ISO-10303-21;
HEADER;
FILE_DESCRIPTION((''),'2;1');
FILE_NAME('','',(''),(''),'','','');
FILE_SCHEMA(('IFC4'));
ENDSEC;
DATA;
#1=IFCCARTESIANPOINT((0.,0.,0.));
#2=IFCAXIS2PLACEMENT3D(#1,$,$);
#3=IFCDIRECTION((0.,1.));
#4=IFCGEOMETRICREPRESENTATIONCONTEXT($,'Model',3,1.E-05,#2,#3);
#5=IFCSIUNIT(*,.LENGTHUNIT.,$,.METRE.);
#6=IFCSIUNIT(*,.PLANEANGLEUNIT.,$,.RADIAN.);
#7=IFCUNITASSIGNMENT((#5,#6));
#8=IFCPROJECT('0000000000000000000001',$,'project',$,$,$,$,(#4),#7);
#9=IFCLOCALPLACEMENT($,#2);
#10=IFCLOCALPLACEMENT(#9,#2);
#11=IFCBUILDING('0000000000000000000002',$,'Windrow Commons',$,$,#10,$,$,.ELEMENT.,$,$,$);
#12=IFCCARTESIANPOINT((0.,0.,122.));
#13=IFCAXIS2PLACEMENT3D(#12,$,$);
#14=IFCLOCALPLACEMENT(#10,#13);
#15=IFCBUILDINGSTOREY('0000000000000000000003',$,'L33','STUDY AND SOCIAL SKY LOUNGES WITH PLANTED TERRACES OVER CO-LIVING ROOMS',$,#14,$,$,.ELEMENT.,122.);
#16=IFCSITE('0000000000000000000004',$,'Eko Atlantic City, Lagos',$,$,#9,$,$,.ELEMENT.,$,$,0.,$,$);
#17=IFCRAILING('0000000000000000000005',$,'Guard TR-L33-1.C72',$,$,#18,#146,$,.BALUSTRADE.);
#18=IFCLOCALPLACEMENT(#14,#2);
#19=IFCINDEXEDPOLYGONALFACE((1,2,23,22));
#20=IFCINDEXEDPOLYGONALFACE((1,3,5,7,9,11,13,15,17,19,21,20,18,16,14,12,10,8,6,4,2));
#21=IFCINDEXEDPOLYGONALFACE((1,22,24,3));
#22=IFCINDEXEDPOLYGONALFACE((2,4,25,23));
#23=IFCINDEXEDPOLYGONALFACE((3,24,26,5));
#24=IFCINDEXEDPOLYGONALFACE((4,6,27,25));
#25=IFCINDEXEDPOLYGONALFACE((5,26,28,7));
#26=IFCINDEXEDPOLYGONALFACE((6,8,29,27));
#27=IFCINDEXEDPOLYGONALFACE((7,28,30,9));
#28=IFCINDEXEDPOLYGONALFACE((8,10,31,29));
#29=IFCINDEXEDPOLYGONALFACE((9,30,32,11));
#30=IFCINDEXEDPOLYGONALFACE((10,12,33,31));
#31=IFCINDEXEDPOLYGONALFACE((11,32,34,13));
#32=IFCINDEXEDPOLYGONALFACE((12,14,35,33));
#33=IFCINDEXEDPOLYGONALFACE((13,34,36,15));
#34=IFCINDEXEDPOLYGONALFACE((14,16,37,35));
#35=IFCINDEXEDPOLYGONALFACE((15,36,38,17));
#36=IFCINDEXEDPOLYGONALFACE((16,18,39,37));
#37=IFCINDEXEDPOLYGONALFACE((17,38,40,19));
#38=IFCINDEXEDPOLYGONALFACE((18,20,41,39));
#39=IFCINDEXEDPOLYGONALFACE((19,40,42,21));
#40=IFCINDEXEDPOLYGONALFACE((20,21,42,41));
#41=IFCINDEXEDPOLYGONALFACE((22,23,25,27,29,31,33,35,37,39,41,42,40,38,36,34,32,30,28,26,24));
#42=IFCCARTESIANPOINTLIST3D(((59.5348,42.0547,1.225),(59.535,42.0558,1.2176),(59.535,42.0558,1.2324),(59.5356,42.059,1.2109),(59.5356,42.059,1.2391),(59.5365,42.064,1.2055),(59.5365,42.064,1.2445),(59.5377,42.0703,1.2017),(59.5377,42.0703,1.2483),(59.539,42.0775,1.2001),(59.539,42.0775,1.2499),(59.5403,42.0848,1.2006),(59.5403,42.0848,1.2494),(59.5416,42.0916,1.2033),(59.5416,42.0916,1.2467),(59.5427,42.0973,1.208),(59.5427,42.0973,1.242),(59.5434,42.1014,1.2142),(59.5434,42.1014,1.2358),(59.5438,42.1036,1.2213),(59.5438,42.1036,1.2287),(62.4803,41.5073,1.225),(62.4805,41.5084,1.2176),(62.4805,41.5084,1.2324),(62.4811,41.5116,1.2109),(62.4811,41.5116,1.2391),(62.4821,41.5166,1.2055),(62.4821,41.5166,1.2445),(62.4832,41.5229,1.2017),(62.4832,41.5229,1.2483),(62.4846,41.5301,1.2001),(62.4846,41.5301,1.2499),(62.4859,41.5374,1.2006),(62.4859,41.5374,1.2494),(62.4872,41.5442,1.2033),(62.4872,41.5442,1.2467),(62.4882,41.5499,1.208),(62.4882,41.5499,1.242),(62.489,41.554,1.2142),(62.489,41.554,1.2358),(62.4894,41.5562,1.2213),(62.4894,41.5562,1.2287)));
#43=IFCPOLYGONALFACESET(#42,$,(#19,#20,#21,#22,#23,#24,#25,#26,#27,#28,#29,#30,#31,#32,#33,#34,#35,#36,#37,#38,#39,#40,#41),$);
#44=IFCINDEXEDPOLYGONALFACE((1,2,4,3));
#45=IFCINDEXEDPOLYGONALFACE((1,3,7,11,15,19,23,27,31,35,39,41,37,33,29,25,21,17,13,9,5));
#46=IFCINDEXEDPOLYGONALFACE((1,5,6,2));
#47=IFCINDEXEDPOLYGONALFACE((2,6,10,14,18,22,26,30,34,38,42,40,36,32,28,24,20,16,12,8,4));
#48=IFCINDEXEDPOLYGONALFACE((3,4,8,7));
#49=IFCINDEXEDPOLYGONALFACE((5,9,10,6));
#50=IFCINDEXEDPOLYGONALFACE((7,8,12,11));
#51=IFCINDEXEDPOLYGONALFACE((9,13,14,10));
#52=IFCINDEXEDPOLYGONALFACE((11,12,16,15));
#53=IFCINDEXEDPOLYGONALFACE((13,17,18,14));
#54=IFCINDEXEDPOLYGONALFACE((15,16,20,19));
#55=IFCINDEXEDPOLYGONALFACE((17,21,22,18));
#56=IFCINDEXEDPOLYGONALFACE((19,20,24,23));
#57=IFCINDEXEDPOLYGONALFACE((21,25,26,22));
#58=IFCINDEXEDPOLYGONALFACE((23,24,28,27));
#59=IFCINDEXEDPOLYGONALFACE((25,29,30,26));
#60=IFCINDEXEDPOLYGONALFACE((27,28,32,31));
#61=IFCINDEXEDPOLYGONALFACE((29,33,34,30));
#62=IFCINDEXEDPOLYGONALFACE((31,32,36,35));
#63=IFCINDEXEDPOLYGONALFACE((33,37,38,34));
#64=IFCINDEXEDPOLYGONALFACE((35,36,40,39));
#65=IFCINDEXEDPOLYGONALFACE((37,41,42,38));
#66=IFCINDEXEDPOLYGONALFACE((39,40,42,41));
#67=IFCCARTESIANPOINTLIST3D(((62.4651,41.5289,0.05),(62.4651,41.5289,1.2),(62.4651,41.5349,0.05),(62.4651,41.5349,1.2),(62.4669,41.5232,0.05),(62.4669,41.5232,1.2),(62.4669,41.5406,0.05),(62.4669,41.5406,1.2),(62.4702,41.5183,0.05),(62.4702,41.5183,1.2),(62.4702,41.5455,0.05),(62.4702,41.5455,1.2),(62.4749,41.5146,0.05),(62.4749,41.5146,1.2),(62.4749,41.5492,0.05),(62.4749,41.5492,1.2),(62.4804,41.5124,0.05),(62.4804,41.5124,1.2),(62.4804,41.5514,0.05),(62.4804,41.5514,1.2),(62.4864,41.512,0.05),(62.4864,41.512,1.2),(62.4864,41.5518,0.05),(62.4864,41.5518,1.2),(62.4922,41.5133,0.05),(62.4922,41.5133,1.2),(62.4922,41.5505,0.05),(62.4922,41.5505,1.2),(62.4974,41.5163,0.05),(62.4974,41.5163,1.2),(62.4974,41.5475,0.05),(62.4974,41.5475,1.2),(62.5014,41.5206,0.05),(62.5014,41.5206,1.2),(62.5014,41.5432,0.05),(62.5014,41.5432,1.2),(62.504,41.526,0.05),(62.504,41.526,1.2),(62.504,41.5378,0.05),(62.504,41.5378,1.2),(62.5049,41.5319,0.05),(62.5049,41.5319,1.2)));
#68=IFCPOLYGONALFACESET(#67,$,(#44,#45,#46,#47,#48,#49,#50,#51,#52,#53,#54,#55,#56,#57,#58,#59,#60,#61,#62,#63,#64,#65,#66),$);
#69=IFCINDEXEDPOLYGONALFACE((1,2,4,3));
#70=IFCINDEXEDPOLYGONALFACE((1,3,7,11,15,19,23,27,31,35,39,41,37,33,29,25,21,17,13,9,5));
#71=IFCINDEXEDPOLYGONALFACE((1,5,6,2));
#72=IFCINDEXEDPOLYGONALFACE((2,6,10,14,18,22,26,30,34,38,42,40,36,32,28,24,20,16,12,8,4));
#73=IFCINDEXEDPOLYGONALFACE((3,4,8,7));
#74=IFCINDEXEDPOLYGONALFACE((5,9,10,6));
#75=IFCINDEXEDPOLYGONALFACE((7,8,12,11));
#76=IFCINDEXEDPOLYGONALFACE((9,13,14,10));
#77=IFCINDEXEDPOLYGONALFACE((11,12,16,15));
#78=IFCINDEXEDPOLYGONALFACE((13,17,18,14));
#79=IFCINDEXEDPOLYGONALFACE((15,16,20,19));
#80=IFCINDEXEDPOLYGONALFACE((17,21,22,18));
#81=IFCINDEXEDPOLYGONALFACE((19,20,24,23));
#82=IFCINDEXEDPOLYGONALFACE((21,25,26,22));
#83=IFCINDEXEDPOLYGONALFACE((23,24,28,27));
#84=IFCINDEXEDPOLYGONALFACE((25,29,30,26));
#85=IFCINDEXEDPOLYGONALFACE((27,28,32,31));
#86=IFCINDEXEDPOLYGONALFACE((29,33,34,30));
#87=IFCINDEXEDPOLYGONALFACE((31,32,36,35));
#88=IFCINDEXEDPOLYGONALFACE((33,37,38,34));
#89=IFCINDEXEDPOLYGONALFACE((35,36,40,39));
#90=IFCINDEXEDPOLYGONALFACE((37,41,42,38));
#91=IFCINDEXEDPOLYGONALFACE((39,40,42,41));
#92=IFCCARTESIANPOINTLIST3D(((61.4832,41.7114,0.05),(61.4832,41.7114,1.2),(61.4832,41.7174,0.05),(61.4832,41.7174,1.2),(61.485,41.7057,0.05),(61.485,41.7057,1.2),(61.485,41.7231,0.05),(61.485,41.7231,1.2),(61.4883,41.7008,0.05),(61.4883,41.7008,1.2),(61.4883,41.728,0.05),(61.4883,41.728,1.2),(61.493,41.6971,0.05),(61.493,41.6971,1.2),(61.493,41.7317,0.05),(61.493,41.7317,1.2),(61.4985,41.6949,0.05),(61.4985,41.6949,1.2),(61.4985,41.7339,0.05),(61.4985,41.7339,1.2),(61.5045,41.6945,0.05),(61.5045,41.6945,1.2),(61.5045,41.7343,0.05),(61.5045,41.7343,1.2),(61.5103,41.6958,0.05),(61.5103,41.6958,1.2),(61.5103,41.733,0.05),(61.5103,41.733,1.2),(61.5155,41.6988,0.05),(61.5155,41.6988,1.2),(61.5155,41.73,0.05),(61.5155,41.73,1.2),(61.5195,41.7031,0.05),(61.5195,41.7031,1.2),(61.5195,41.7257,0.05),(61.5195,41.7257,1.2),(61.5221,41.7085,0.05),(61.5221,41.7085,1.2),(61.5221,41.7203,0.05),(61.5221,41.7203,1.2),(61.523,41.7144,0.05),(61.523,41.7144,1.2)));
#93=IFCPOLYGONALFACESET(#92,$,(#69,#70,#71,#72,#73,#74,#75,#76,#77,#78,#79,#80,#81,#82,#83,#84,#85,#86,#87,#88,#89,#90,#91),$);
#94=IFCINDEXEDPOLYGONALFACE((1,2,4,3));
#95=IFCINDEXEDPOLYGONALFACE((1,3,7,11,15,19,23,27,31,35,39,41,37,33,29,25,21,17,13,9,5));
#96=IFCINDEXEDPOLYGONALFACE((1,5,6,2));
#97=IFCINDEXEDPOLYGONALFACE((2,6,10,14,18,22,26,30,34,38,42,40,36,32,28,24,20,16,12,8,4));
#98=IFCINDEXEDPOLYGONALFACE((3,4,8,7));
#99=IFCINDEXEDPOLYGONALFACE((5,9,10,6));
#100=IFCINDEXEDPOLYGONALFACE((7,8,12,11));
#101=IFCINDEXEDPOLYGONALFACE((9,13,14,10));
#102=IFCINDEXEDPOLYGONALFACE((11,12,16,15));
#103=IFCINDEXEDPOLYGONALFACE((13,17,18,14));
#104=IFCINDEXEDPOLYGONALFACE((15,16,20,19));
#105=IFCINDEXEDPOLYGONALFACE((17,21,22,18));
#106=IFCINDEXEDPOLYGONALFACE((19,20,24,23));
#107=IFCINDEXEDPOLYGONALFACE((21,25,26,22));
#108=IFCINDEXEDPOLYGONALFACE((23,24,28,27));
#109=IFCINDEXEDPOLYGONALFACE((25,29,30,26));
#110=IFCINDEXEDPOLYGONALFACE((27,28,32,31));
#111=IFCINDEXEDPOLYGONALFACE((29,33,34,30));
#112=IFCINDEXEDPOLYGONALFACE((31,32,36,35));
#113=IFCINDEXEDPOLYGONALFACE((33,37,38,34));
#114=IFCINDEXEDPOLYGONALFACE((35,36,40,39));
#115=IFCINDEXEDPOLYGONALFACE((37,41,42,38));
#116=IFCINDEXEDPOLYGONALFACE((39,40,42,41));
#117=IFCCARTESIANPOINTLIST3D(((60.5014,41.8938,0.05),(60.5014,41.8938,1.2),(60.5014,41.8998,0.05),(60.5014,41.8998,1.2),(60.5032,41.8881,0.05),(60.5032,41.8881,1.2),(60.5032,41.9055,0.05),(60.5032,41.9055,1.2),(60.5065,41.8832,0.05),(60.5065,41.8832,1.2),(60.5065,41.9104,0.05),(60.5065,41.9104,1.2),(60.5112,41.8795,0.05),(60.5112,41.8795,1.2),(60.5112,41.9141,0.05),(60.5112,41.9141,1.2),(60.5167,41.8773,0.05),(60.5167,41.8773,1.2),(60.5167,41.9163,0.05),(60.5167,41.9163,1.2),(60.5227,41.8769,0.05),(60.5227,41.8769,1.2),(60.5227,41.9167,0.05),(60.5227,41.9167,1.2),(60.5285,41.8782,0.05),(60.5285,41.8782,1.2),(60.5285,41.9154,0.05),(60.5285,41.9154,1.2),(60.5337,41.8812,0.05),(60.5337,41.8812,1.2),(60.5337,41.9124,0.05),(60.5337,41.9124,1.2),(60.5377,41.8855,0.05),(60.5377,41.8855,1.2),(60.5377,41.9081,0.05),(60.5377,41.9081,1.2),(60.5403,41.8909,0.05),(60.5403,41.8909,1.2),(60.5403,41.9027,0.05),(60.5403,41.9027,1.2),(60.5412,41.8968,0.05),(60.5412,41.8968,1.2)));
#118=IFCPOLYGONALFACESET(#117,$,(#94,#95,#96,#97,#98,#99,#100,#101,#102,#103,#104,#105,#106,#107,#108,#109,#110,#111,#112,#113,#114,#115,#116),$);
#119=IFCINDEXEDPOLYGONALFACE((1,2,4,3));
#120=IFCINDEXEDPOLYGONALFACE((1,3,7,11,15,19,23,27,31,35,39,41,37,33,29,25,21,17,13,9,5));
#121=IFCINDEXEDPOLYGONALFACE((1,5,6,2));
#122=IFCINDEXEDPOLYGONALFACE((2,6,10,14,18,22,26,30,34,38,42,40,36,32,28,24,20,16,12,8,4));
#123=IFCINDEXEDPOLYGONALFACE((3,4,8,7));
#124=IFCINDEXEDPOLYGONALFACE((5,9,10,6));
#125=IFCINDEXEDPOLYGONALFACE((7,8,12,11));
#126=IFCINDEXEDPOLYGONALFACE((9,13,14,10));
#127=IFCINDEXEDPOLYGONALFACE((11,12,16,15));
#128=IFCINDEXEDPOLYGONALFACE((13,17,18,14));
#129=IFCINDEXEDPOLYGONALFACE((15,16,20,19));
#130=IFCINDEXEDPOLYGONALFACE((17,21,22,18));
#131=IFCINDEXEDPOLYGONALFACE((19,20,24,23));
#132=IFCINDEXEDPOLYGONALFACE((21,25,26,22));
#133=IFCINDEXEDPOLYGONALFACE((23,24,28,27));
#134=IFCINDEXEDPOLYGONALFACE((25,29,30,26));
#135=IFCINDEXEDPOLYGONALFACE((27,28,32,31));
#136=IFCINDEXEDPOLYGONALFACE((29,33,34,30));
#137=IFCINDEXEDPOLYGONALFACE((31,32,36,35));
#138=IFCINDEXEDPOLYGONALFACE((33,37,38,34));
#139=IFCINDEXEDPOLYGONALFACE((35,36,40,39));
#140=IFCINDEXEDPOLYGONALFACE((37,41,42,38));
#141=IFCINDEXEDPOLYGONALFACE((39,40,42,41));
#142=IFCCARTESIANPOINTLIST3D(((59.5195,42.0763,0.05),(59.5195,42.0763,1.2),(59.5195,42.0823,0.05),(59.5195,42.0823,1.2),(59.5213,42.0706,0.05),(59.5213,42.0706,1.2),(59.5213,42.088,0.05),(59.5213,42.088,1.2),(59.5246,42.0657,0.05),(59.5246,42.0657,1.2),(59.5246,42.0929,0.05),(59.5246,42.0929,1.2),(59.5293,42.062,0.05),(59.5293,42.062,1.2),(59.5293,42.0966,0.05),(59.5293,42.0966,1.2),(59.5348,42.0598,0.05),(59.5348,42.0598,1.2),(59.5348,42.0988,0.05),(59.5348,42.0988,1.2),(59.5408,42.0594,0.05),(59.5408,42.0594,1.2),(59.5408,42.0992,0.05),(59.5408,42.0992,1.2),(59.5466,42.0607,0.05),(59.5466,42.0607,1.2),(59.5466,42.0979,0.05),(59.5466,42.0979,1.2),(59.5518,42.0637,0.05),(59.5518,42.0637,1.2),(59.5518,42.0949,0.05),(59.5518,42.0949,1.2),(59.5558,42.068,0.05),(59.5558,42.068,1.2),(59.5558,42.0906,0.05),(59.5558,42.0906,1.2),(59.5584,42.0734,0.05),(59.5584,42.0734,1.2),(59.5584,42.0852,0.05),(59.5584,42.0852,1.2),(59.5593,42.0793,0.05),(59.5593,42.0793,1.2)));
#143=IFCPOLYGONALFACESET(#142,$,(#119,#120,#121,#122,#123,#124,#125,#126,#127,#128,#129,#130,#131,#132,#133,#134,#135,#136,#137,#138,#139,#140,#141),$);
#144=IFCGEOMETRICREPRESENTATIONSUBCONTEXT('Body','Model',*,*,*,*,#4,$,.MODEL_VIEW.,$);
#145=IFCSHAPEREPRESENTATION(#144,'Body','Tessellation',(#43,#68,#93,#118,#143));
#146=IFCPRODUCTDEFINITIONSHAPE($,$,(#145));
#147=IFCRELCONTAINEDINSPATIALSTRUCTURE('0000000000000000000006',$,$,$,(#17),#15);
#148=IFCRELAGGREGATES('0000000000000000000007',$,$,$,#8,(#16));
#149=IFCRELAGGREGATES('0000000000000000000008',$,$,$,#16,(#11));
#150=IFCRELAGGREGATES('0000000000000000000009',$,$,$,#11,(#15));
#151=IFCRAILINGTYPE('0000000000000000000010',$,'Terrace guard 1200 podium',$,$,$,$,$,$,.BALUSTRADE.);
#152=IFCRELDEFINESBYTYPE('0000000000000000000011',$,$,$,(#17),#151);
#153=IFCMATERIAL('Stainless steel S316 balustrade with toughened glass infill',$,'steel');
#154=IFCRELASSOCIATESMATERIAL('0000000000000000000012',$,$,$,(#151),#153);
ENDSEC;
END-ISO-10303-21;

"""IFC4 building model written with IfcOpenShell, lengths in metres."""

from ifc_helpers import new_model, si_unit, direction, frame, origin, origin_2d, place, context, subcontext, project, spatial, circle, extrude, material, type_object, element, save


model = new_model("IFC4")

# Units and contexts
model_context = context("Model", 3, precision=1e-05, world=origin(), true_north=direction((0.0, 1.0)))
body_context = subcontext(model_context, "Body", "Model", "MODEL_VIEW")
ifc_project = project(units=[si_unit("LENGTHUNIT", "METRE"), si_unit("PLANEANGLEUNIT", "RADIAN")], contexts=[model_context])

# Site, building, storey
site_placement = place(None, origin())
site = spatial("IfcSite", under=ifc_project, at=site_placement, Name="Eko Atlantic City, Lagos", CompositionType="ELEMENT", RefElevation=0.0)
building_placement = place(site_placement, origin())
building = spatial("IfcBuilding", under=site, at=building_placement, Name="Windrow Commons", CompositionType="ELEMENT")
storey_placement = place(building_placement, frame((0.0, 0.0, 122.0)))
storey = spatial("IfcBuildingStorey", under=building, at=storey_placement, Name="L33", Description="STUDY AND SOCIAL SKY LOUNGES WITH PLANTED TERRACES OVER CO-LIVING ROOMS", CompositionType="ELEMENT", Elevation=122.0)

# Railing
ifc_material_1 = material(Name="Stainless steel S316 balustrade with toughened glass infill", Category="steel")
railing_type = type_object("IfcRailingType", Name="Terrace guard 1200 podium", PredefinedType="BALUSTRADE", material=ifc_material_1)
railing_1_placement = place(storey_placement, frame((62.4849, 41.5319, 0.05)))
element("IfcRailing", 1, at=railing_1_placement, inside=storey, type_object=railing_type, Name="Guard TR-L33-1.C72", PredefinedType="BALUSTRADE", context=body_context, shape_type="SweptSolid", body=[
    extrude(circle(Radius=0.025, at=origin_2d()), frame((0.0, 0.0, 1.175), z_axis=(-0.983167, 0.182708, 0.0), x_axis=(-0.182708, -0.983167, 0.0)), (0.0, 0.0, 1.0), 2.996),
    extrude(circle(Radius=0.02, at=origin_2d()), origin(), (0.0, 0.0, 1.0), 1.15),
    extrude(circle(Radius=0.02, at=origin_2d()), frame((-0.9819, 0.1825, 0.0)), (0.0, 0.0, 1.0), 1.15),
    extrude(circle(Radius=0.02, at=origin_2d()), frame((-1.9637, 0.3649, 0.0)), (0.0, 0.0, 1.0), 1.15),
    extrude(circle(Radius=0.02, at=origin_2d()), frame((-2.9456, 0.5474, 0.0)), (0.0, 0.0, 1.0), 1.15),
])

save(model, "model.ifc")
